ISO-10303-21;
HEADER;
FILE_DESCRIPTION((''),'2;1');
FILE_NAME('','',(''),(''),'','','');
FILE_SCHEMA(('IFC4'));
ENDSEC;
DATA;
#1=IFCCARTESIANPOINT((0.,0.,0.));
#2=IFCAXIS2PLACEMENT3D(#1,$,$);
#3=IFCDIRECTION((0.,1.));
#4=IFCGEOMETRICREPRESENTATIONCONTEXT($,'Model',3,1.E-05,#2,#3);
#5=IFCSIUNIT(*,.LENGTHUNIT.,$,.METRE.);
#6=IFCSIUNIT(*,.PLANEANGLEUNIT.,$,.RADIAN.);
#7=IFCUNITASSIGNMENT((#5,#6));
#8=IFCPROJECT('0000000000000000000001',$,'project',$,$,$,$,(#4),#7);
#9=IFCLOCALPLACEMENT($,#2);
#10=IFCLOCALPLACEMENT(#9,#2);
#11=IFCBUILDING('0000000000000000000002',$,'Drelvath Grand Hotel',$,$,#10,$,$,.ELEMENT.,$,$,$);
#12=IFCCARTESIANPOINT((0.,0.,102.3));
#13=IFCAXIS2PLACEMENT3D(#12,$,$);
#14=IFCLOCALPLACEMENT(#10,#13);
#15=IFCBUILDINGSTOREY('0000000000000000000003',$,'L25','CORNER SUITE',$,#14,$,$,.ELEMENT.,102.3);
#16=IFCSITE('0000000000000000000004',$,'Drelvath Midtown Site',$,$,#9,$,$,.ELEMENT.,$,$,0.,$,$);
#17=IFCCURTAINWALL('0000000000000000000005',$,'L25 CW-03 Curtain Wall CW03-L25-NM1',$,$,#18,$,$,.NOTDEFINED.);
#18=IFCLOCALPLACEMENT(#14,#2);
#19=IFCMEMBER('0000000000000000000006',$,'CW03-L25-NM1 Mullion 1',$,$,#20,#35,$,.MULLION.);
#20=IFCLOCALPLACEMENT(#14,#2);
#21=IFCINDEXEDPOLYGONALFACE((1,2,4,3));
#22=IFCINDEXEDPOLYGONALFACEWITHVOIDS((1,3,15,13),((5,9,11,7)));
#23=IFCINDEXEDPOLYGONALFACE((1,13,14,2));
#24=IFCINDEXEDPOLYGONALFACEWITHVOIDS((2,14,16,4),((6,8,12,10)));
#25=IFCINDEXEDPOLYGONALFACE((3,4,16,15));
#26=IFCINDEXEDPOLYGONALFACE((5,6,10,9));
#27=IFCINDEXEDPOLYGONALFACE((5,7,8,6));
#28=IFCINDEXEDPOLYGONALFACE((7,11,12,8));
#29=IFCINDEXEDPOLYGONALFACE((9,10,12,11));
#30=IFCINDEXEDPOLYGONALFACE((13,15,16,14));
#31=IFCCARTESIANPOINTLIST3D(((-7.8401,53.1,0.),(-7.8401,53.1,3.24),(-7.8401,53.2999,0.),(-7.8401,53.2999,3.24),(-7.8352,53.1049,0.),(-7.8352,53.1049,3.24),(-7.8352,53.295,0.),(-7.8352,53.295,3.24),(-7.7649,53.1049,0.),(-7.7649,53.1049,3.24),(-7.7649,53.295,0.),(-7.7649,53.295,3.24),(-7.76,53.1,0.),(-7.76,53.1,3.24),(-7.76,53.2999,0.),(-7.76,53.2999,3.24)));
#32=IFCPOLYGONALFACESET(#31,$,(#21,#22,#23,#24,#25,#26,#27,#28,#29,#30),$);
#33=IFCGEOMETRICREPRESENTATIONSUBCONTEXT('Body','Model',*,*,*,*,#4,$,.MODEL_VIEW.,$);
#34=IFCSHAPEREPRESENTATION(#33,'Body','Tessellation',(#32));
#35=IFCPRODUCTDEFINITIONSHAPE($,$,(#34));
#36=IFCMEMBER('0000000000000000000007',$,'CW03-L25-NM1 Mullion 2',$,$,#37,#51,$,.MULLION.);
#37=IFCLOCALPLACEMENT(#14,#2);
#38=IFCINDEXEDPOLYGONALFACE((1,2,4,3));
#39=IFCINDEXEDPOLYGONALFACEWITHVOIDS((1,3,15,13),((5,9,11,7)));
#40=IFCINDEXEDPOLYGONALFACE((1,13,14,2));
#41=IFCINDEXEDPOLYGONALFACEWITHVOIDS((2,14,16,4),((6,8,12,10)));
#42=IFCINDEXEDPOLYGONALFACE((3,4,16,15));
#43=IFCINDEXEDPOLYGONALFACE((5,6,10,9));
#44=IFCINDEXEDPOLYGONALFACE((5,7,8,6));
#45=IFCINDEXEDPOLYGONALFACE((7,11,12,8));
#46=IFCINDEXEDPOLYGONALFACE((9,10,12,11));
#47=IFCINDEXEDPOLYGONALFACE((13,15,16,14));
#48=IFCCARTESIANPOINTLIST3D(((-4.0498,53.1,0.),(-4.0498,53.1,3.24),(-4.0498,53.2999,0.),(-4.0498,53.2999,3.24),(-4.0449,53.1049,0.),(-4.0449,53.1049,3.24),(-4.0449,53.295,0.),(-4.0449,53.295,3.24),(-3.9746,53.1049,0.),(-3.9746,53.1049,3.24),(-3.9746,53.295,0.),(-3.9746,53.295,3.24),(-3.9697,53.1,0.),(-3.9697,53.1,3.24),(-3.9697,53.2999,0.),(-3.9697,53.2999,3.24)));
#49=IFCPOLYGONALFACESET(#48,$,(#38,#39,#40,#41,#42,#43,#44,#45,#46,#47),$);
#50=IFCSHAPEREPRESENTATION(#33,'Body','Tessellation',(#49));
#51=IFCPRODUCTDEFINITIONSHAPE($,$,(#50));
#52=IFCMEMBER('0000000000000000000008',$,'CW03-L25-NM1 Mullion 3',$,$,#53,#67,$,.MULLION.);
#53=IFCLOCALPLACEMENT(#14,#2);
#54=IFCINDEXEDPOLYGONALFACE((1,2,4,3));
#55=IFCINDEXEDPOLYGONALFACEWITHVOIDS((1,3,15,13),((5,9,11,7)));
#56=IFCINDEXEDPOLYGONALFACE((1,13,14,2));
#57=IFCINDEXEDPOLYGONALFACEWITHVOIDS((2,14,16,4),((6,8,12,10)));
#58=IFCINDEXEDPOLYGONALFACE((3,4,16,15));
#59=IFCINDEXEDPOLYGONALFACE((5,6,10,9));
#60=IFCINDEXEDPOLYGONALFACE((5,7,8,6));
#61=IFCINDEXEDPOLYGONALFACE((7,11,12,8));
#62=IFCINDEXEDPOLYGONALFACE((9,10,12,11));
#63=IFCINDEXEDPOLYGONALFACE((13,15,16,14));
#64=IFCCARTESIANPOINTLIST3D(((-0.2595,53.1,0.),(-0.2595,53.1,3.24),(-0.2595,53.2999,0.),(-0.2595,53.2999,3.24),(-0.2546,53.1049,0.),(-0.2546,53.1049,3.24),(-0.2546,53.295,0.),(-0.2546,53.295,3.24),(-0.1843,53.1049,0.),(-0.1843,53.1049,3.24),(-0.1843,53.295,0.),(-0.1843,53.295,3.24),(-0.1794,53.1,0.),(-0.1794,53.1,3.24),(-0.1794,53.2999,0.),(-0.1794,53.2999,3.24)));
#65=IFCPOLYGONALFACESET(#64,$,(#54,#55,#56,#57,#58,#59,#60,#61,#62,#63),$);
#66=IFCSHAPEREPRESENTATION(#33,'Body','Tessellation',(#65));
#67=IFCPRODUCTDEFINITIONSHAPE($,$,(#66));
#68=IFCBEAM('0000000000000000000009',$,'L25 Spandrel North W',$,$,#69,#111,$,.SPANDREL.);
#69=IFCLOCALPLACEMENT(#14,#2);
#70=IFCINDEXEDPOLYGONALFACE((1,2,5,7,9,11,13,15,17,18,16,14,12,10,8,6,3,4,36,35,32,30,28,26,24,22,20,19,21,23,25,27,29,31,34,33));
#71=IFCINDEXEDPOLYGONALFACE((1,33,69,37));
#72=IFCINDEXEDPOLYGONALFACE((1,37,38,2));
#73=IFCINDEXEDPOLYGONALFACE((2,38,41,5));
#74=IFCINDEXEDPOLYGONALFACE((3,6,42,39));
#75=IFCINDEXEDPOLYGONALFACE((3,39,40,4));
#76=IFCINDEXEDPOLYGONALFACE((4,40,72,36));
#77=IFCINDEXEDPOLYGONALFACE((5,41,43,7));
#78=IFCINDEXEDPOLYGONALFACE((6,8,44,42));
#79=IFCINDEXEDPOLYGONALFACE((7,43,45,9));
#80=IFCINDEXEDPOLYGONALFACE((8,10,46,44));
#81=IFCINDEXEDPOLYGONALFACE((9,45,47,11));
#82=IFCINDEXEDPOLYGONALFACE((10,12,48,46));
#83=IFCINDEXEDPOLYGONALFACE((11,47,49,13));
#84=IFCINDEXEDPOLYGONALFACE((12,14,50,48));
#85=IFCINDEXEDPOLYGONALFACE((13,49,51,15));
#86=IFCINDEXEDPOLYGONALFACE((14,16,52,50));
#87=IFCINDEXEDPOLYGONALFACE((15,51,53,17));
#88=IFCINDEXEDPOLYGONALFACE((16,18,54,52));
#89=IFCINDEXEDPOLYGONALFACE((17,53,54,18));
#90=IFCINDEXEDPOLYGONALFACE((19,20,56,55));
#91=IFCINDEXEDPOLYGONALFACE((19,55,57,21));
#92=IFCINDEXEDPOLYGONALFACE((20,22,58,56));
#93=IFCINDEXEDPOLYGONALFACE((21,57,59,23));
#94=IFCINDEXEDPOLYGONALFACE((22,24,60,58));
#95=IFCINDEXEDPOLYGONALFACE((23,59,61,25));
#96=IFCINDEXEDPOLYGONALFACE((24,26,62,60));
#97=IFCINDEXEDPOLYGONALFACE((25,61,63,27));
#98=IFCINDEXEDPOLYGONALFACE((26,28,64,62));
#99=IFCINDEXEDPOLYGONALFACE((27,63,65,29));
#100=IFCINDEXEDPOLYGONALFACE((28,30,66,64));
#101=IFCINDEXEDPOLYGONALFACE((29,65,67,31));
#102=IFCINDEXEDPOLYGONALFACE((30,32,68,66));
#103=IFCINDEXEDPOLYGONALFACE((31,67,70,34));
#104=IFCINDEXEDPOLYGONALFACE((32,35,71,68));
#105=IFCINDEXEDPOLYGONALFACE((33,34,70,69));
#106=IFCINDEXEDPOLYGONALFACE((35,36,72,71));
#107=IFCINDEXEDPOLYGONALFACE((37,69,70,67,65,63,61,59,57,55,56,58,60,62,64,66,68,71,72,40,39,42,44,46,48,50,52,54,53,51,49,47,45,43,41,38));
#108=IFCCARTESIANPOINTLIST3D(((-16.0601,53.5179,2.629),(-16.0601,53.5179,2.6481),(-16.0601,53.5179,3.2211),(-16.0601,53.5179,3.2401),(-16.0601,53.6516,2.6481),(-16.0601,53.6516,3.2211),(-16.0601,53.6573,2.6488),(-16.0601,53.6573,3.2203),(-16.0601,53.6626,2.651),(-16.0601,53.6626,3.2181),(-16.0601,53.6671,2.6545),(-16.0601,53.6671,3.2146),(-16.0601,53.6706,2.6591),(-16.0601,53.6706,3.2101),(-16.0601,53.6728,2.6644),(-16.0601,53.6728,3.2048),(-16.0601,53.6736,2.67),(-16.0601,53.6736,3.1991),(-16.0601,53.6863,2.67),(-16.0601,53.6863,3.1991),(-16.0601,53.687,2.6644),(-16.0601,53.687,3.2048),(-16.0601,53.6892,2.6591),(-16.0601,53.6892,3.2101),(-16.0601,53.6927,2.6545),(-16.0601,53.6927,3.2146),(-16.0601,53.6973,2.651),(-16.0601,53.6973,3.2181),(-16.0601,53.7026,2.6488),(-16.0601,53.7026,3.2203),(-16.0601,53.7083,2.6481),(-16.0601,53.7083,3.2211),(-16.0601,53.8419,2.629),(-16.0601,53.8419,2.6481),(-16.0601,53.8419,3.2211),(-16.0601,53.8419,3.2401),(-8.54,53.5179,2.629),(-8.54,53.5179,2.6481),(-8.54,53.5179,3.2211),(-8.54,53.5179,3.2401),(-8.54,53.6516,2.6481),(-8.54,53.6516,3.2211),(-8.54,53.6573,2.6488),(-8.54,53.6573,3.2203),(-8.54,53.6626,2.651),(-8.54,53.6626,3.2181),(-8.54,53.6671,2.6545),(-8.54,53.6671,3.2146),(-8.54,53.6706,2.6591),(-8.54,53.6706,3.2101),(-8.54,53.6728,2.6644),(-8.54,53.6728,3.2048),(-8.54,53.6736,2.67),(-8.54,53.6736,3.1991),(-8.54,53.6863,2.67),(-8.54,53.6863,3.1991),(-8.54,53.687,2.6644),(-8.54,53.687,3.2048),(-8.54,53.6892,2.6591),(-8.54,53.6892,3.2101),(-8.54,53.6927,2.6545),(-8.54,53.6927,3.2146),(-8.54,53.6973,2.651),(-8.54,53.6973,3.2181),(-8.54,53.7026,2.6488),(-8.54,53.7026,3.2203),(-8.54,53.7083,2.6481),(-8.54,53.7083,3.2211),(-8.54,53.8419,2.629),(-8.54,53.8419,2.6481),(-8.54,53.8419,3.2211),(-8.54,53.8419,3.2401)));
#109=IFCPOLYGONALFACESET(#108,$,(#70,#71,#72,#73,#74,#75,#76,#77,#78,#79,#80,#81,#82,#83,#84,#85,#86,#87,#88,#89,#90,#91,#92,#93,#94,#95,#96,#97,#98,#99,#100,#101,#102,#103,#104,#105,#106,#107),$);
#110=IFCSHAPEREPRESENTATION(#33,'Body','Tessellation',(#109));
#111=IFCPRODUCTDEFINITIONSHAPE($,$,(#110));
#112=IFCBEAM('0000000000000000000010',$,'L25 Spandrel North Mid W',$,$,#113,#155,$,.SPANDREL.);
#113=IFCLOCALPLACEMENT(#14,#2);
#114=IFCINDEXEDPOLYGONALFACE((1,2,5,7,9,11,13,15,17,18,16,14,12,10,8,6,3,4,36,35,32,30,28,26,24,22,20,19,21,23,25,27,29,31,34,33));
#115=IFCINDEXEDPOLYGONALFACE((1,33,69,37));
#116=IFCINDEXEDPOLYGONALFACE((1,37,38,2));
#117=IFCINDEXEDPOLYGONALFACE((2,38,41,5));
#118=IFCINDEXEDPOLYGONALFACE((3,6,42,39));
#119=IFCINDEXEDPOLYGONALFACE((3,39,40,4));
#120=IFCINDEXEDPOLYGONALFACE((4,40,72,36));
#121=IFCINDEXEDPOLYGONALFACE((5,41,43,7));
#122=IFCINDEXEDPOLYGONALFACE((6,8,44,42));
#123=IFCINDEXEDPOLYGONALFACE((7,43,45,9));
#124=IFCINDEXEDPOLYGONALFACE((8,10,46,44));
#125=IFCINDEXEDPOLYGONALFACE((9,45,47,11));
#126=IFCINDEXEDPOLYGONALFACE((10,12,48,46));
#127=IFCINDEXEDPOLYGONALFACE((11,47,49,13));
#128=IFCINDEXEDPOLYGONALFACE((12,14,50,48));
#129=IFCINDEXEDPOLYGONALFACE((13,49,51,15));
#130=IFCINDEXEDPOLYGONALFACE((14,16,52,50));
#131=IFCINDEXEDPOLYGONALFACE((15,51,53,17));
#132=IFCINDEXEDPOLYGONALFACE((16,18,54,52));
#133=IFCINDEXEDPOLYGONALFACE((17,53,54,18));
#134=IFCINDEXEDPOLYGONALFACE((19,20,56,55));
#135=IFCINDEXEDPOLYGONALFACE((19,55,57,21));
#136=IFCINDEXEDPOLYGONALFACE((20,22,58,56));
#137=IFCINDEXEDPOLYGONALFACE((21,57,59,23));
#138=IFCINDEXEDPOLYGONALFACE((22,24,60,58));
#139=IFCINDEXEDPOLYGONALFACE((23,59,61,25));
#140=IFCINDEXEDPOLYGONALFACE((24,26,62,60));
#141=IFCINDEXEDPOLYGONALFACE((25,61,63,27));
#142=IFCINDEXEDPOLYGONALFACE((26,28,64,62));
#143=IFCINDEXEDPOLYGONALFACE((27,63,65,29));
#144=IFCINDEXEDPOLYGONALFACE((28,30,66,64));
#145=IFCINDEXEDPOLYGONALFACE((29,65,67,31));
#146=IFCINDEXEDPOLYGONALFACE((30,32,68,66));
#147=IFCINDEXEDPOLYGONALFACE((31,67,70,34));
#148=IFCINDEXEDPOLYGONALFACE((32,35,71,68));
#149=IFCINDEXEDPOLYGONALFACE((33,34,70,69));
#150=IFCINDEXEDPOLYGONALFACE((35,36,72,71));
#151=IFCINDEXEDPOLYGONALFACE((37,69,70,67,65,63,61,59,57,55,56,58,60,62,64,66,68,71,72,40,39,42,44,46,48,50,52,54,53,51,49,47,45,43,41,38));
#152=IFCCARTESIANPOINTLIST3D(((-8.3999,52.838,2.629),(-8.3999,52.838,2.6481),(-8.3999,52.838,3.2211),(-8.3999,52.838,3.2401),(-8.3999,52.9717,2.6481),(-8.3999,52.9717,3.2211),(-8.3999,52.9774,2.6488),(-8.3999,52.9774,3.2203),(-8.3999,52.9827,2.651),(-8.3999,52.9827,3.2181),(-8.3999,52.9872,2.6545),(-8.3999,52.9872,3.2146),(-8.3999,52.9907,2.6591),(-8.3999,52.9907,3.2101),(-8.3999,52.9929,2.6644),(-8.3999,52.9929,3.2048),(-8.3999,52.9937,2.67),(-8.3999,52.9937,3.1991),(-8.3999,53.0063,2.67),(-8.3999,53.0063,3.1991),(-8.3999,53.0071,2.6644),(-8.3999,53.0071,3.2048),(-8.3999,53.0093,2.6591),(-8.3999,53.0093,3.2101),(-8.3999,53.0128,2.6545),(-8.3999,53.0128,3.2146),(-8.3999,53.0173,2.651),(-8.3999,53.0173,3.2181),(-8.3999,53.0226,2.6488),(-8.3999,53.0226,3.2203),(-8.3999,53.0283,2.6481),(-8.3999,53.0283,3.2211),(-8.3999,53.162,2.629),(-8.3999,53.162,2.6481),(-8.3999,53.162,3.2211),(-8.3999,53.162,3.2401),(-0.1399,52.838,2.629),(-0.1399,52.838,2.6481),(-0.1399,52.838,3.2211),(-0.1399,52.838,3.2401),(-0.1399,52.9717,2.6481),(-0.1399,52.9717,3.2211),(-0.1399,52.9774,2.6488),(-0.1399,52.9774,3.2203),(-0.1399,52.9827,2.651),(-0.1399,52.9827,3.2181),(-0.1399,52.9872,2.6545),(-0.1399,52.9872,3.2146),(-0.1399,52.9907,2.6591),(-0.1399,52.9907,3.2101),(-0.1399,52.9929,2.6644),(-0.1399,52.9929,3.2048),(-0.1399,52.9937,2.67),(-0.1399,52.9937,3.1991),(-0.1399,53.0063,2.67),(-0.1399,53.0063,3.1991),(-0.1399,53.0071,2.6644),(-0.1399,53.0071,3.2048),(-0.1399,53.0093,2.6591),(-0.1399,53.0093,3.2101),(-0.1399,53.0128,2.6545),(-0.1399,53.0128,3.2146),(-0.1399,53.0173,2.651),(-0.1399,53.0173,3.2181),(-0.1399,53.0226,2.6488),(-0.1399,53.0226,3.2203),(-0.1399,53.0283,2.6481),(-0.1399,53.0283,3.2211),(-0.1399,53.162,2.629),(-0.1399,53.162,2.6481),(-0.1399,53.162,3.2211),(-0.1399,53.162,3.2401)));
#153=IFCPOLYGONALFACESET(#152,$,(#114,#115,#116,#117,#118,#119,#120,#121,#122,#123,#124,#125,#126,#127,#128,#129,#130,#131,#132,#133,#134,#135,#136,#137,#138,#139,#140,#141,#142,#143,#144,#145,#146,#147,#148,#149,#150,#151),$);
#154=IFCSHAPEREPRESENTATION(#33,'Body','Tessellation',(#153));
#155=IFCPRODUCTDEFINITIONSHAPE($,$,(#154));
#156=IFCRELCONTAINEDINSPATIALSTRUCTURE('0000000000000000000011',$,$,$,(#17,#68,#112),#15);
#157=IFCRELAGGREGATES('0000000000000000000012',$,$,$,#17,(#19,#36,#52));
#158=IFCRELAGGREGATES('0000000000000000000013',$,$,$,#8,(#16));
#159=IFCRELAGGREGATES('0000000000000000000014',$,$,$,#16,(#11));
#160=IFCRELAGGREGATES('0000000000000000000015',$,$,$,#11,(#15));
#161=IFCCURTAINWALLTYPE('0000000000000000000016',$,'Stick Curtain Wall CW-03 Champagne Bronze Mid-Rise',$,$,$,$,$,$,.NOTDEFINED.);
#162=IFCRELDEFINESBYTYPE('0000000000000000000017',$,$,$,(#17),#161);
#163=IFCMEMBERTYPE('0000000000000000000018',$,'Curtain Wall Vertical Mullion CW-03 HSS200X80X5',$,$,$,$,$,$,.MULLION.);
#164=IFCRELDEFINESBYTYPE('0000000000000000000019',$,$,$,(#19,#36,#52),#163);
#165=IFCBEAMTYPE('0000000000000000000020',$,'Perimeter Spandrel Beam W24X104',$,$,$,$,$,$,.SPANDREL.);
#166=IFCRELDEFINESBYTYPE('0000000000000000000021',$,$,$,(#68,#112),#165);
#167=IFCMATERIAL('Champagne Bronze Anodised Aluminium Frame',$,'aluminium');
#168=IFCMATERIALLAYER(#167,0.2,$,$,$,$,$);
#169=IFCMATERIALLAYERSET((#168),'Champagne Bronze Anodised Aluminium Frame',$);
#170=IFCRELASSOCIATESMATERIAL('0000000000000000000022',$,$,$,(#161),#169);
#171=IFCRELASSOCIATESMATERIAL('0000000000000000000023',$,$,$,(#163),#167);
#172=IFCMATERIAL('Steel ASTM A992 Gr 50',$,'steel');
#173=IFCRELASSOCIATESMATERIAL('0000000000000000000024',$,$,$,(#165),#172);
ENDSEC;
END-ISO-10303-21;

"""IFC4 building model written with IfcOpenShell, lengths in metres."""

from ifc_helpers import new_model, si_unit, direction, frame, origin, origin_2d, place, context, subcontext, project, spatial, hollow_rectangle, i_section, extrude, material, layer, layer_set, material_profile, profile_set, type_object, element, aggregate, save


model = new_model("IFC4")

# Units and contexts
model_context = context("Model", 3, precision=1e-05, world=origin(), true_north=direction((0.0, 1.0)))
body_context = subcontext(model_context, "Body", "Model", "MODEL_VIEW")
ifc_project = project(units=[si_unit("LENGTHUNIT", "METRE"), si_unit("PLANEANGLEUNIT", "RADIAN")], contexts=[model_context])

# Site, building, storey
site_placement = place(None, origin())
site = spatial("IfcSite", under=ifc_project, at=site_placement, Name="Drelvath Midtown Site", CompositionType="ELEMENT", RefElevation=0.0)
building_placement = place(site_placement, origin())
building = spatial("IfcBuilding", under=site, at=building_placement, Name="Drelvath Grand Hotel", CompositionType="ELEMENT")
storey_placement = place(building_placement, frame((0.0, 0.0, 102.3)))
storey = spatial("IfcBuildingStorey", under=building, at=storey_placement, Name="L25", Description="CORNER SUITE", CompositionType="ELEMENT", Elevation=102.3)

# Curtain wall
ifc_material_1 = material(Name="Champagne Bronze Anodised Aluminium Frame", Category="aluminium")
ifc_layer_1 = layer(ifc_material_1, 0.2)
ifc_layer_set_1 = layer_set([ifc_layer_1], Name="Champagne Bronze Anodised Aluminium Frame")
curtain_wall_type = type_object("IfcCurtainWallType", Name="Stick Curtain Wall CW-03 Champagne Bronze Mid-Rise", PredefinedType="NOTDEFINED", material=ifc_layer_set_1)
curtain_wall_1_placement = place(storey_placement, origin())
curtain_wall_1 = element("IfcCurtainWall", 1, at=curtain_wall_1_placement, inside=storey, type_object=curtain_wall_type, Name="L25 CW-03 Curtain Wall CW03-L25-NM1", PredefinedType="NOTDEFINED")

# Members
ifc_material_profile_1 = material_profile(ifc_material_1, hollow_rectangle(XDim=0.0801, YDim=0.2, WallThickness=0.0049, at=origin_2d()), Name="HSS200X80X5")
ifc_profile_set_1 = profile_set([ifc_material_profile_1], Name="Champagne Bronze Anodised Aluminium Frame")
member_type_1 = type_object("IfcMemberType", Name="Curtain Wall Vertical Mullion CW-03 HSS200X80X5", PredefinedType="MULLION", material=ifc_profile_set_1)
member_1_placement = place(storey_placement, frame((-7.8, 53.2, 0.0), z_axis=(0.0, 0.0, 1.0), x_axis=(1.0, 0.0, 0.0)))
member_1 = element("IfcMember", 2, at=member_1_placement, type_object=member_type_1, Name="CW03-L25-NM1 Mullion 1", PredefinedType="MULLION", context=body_context, shape_type="SweptSolid", body=[
    extrude(hollow_rectangle(XDim=0.0801, YDim=0.2, WallThickness=0.0049, at=origin_2d()), origin(), (0.0, 0.0, 1.0), 3.24),
])
member_2_placement = place(storey_placement, frame((-4.0098, 53.2, 0.0), z_axis=(0.0, 0.0, 1.0), x_axis=(1.0, 0.0, 0.0)))
member_2 = element("IfcMember", 3, at=member_2_placement, type_object=member_type_1, Name="CW03-L25-NM1 Mullion 2", PredefinedType="MULLION", context=body_context, shape_type="SweptSolid", body=[
    extrude(hollow_rectangle(XDim=0.0801, YDim=0.2, WallThickness=0.0049, at=origin_2d()), origin(), (0.0, 0.0, 1.0), 3.24),
])
member_3_placement = place(storey_placement, frame((-0.2195, 53.2, 0.0), z_axis=(0.0, 0.0, 1.0), x_axis=(1.0, 0.0, 0.0)))
member_3 = element("IfcMember", 4, at=member_3_placement, type_object=member_type_1, Name="CW03-L25-NM1 Mullion 3", PredefinedType="MULLION", context=body_context, shape_type="SweptSolid", body=[
    extrude(hollow_rectangle(XDim=0.0801, YDim=0.2, WallThickness=0.0049, at=origin_2d()), origin(), (0.0, 0.0, 1.0), 3.24),
])

# Beams
ifc_material_2 = material(Name="Steel ASTM A992 Gr 50", Category="steel")
ifc_material_profile_2 = material_profile(ifc_material_2, i_section(OverallWidth=0.324, OverallDepth=0.6111, WebThickness=0.0127, FlangeThickness=0.019, FilletRadius=0.022, at=origin_2d()), Name="W24X104")
ifc_profile_set_2 = profile_set([ifc_material_profile_2], Name="Steel ASTM A992 Gr 50")
beam_type_1 = type_object("IfcBeamType", Name="Perimeter Spandrel Beam W24X104", PredefinedType="SPANDREL", material=ifc_profile_set_2)
beam_1_placement = place(storey_placement, frame((-16.0601, 53.6799, 2.9346), z_axis=(1.0, 0.0, 0.0), x_axis=(0.0, 1.0, 0.0)))
element("IfcBeam", 5, at=beam_1_placement, inside=storey, type_object=beam_type_1, Name="L25 Spandrel North W", PredefinedType="SPANDREL", context=body_context, shape_type="SweptSolid", body=[
    extrude(i_section(OverallWidth=0.324, OverallDepth=0.6111, WebThickness=0.0127, FlangeThickness=0.019, FilletRadius=0.022, at=origin_2d()), origin(), (0.0, 0.0, 1.0), 7.52),
])
beam_2_placement = place(storey_placement, frame((-8.3999, 53.0, 2.9346), z_axis=(1.0, 0.0, 0.0), x_axis=(0.0, 1.0, 0.0)))
element("IfcBeam", 6, at=beam_2_placement, inside=storey, type_object=beam_type_1, Name="L25 Spandrel North Mid W", PredefinedType="SPANDREL", context=body_context, shape_type="SweptSolid", body=[
    extrude(i_section(OverallWidth=0.324, OverallDepth=0.6111, WebThickness=0.0127, FlangeThickness=0.019, FilletRadius=0.022, at=origin_2d()), origin(), (0.0, 0.0, 1.0), 8.26),
])

aggregate(curtain_wall_1, [member_1, member_2, member_3])

save(model, "model.ifc")
